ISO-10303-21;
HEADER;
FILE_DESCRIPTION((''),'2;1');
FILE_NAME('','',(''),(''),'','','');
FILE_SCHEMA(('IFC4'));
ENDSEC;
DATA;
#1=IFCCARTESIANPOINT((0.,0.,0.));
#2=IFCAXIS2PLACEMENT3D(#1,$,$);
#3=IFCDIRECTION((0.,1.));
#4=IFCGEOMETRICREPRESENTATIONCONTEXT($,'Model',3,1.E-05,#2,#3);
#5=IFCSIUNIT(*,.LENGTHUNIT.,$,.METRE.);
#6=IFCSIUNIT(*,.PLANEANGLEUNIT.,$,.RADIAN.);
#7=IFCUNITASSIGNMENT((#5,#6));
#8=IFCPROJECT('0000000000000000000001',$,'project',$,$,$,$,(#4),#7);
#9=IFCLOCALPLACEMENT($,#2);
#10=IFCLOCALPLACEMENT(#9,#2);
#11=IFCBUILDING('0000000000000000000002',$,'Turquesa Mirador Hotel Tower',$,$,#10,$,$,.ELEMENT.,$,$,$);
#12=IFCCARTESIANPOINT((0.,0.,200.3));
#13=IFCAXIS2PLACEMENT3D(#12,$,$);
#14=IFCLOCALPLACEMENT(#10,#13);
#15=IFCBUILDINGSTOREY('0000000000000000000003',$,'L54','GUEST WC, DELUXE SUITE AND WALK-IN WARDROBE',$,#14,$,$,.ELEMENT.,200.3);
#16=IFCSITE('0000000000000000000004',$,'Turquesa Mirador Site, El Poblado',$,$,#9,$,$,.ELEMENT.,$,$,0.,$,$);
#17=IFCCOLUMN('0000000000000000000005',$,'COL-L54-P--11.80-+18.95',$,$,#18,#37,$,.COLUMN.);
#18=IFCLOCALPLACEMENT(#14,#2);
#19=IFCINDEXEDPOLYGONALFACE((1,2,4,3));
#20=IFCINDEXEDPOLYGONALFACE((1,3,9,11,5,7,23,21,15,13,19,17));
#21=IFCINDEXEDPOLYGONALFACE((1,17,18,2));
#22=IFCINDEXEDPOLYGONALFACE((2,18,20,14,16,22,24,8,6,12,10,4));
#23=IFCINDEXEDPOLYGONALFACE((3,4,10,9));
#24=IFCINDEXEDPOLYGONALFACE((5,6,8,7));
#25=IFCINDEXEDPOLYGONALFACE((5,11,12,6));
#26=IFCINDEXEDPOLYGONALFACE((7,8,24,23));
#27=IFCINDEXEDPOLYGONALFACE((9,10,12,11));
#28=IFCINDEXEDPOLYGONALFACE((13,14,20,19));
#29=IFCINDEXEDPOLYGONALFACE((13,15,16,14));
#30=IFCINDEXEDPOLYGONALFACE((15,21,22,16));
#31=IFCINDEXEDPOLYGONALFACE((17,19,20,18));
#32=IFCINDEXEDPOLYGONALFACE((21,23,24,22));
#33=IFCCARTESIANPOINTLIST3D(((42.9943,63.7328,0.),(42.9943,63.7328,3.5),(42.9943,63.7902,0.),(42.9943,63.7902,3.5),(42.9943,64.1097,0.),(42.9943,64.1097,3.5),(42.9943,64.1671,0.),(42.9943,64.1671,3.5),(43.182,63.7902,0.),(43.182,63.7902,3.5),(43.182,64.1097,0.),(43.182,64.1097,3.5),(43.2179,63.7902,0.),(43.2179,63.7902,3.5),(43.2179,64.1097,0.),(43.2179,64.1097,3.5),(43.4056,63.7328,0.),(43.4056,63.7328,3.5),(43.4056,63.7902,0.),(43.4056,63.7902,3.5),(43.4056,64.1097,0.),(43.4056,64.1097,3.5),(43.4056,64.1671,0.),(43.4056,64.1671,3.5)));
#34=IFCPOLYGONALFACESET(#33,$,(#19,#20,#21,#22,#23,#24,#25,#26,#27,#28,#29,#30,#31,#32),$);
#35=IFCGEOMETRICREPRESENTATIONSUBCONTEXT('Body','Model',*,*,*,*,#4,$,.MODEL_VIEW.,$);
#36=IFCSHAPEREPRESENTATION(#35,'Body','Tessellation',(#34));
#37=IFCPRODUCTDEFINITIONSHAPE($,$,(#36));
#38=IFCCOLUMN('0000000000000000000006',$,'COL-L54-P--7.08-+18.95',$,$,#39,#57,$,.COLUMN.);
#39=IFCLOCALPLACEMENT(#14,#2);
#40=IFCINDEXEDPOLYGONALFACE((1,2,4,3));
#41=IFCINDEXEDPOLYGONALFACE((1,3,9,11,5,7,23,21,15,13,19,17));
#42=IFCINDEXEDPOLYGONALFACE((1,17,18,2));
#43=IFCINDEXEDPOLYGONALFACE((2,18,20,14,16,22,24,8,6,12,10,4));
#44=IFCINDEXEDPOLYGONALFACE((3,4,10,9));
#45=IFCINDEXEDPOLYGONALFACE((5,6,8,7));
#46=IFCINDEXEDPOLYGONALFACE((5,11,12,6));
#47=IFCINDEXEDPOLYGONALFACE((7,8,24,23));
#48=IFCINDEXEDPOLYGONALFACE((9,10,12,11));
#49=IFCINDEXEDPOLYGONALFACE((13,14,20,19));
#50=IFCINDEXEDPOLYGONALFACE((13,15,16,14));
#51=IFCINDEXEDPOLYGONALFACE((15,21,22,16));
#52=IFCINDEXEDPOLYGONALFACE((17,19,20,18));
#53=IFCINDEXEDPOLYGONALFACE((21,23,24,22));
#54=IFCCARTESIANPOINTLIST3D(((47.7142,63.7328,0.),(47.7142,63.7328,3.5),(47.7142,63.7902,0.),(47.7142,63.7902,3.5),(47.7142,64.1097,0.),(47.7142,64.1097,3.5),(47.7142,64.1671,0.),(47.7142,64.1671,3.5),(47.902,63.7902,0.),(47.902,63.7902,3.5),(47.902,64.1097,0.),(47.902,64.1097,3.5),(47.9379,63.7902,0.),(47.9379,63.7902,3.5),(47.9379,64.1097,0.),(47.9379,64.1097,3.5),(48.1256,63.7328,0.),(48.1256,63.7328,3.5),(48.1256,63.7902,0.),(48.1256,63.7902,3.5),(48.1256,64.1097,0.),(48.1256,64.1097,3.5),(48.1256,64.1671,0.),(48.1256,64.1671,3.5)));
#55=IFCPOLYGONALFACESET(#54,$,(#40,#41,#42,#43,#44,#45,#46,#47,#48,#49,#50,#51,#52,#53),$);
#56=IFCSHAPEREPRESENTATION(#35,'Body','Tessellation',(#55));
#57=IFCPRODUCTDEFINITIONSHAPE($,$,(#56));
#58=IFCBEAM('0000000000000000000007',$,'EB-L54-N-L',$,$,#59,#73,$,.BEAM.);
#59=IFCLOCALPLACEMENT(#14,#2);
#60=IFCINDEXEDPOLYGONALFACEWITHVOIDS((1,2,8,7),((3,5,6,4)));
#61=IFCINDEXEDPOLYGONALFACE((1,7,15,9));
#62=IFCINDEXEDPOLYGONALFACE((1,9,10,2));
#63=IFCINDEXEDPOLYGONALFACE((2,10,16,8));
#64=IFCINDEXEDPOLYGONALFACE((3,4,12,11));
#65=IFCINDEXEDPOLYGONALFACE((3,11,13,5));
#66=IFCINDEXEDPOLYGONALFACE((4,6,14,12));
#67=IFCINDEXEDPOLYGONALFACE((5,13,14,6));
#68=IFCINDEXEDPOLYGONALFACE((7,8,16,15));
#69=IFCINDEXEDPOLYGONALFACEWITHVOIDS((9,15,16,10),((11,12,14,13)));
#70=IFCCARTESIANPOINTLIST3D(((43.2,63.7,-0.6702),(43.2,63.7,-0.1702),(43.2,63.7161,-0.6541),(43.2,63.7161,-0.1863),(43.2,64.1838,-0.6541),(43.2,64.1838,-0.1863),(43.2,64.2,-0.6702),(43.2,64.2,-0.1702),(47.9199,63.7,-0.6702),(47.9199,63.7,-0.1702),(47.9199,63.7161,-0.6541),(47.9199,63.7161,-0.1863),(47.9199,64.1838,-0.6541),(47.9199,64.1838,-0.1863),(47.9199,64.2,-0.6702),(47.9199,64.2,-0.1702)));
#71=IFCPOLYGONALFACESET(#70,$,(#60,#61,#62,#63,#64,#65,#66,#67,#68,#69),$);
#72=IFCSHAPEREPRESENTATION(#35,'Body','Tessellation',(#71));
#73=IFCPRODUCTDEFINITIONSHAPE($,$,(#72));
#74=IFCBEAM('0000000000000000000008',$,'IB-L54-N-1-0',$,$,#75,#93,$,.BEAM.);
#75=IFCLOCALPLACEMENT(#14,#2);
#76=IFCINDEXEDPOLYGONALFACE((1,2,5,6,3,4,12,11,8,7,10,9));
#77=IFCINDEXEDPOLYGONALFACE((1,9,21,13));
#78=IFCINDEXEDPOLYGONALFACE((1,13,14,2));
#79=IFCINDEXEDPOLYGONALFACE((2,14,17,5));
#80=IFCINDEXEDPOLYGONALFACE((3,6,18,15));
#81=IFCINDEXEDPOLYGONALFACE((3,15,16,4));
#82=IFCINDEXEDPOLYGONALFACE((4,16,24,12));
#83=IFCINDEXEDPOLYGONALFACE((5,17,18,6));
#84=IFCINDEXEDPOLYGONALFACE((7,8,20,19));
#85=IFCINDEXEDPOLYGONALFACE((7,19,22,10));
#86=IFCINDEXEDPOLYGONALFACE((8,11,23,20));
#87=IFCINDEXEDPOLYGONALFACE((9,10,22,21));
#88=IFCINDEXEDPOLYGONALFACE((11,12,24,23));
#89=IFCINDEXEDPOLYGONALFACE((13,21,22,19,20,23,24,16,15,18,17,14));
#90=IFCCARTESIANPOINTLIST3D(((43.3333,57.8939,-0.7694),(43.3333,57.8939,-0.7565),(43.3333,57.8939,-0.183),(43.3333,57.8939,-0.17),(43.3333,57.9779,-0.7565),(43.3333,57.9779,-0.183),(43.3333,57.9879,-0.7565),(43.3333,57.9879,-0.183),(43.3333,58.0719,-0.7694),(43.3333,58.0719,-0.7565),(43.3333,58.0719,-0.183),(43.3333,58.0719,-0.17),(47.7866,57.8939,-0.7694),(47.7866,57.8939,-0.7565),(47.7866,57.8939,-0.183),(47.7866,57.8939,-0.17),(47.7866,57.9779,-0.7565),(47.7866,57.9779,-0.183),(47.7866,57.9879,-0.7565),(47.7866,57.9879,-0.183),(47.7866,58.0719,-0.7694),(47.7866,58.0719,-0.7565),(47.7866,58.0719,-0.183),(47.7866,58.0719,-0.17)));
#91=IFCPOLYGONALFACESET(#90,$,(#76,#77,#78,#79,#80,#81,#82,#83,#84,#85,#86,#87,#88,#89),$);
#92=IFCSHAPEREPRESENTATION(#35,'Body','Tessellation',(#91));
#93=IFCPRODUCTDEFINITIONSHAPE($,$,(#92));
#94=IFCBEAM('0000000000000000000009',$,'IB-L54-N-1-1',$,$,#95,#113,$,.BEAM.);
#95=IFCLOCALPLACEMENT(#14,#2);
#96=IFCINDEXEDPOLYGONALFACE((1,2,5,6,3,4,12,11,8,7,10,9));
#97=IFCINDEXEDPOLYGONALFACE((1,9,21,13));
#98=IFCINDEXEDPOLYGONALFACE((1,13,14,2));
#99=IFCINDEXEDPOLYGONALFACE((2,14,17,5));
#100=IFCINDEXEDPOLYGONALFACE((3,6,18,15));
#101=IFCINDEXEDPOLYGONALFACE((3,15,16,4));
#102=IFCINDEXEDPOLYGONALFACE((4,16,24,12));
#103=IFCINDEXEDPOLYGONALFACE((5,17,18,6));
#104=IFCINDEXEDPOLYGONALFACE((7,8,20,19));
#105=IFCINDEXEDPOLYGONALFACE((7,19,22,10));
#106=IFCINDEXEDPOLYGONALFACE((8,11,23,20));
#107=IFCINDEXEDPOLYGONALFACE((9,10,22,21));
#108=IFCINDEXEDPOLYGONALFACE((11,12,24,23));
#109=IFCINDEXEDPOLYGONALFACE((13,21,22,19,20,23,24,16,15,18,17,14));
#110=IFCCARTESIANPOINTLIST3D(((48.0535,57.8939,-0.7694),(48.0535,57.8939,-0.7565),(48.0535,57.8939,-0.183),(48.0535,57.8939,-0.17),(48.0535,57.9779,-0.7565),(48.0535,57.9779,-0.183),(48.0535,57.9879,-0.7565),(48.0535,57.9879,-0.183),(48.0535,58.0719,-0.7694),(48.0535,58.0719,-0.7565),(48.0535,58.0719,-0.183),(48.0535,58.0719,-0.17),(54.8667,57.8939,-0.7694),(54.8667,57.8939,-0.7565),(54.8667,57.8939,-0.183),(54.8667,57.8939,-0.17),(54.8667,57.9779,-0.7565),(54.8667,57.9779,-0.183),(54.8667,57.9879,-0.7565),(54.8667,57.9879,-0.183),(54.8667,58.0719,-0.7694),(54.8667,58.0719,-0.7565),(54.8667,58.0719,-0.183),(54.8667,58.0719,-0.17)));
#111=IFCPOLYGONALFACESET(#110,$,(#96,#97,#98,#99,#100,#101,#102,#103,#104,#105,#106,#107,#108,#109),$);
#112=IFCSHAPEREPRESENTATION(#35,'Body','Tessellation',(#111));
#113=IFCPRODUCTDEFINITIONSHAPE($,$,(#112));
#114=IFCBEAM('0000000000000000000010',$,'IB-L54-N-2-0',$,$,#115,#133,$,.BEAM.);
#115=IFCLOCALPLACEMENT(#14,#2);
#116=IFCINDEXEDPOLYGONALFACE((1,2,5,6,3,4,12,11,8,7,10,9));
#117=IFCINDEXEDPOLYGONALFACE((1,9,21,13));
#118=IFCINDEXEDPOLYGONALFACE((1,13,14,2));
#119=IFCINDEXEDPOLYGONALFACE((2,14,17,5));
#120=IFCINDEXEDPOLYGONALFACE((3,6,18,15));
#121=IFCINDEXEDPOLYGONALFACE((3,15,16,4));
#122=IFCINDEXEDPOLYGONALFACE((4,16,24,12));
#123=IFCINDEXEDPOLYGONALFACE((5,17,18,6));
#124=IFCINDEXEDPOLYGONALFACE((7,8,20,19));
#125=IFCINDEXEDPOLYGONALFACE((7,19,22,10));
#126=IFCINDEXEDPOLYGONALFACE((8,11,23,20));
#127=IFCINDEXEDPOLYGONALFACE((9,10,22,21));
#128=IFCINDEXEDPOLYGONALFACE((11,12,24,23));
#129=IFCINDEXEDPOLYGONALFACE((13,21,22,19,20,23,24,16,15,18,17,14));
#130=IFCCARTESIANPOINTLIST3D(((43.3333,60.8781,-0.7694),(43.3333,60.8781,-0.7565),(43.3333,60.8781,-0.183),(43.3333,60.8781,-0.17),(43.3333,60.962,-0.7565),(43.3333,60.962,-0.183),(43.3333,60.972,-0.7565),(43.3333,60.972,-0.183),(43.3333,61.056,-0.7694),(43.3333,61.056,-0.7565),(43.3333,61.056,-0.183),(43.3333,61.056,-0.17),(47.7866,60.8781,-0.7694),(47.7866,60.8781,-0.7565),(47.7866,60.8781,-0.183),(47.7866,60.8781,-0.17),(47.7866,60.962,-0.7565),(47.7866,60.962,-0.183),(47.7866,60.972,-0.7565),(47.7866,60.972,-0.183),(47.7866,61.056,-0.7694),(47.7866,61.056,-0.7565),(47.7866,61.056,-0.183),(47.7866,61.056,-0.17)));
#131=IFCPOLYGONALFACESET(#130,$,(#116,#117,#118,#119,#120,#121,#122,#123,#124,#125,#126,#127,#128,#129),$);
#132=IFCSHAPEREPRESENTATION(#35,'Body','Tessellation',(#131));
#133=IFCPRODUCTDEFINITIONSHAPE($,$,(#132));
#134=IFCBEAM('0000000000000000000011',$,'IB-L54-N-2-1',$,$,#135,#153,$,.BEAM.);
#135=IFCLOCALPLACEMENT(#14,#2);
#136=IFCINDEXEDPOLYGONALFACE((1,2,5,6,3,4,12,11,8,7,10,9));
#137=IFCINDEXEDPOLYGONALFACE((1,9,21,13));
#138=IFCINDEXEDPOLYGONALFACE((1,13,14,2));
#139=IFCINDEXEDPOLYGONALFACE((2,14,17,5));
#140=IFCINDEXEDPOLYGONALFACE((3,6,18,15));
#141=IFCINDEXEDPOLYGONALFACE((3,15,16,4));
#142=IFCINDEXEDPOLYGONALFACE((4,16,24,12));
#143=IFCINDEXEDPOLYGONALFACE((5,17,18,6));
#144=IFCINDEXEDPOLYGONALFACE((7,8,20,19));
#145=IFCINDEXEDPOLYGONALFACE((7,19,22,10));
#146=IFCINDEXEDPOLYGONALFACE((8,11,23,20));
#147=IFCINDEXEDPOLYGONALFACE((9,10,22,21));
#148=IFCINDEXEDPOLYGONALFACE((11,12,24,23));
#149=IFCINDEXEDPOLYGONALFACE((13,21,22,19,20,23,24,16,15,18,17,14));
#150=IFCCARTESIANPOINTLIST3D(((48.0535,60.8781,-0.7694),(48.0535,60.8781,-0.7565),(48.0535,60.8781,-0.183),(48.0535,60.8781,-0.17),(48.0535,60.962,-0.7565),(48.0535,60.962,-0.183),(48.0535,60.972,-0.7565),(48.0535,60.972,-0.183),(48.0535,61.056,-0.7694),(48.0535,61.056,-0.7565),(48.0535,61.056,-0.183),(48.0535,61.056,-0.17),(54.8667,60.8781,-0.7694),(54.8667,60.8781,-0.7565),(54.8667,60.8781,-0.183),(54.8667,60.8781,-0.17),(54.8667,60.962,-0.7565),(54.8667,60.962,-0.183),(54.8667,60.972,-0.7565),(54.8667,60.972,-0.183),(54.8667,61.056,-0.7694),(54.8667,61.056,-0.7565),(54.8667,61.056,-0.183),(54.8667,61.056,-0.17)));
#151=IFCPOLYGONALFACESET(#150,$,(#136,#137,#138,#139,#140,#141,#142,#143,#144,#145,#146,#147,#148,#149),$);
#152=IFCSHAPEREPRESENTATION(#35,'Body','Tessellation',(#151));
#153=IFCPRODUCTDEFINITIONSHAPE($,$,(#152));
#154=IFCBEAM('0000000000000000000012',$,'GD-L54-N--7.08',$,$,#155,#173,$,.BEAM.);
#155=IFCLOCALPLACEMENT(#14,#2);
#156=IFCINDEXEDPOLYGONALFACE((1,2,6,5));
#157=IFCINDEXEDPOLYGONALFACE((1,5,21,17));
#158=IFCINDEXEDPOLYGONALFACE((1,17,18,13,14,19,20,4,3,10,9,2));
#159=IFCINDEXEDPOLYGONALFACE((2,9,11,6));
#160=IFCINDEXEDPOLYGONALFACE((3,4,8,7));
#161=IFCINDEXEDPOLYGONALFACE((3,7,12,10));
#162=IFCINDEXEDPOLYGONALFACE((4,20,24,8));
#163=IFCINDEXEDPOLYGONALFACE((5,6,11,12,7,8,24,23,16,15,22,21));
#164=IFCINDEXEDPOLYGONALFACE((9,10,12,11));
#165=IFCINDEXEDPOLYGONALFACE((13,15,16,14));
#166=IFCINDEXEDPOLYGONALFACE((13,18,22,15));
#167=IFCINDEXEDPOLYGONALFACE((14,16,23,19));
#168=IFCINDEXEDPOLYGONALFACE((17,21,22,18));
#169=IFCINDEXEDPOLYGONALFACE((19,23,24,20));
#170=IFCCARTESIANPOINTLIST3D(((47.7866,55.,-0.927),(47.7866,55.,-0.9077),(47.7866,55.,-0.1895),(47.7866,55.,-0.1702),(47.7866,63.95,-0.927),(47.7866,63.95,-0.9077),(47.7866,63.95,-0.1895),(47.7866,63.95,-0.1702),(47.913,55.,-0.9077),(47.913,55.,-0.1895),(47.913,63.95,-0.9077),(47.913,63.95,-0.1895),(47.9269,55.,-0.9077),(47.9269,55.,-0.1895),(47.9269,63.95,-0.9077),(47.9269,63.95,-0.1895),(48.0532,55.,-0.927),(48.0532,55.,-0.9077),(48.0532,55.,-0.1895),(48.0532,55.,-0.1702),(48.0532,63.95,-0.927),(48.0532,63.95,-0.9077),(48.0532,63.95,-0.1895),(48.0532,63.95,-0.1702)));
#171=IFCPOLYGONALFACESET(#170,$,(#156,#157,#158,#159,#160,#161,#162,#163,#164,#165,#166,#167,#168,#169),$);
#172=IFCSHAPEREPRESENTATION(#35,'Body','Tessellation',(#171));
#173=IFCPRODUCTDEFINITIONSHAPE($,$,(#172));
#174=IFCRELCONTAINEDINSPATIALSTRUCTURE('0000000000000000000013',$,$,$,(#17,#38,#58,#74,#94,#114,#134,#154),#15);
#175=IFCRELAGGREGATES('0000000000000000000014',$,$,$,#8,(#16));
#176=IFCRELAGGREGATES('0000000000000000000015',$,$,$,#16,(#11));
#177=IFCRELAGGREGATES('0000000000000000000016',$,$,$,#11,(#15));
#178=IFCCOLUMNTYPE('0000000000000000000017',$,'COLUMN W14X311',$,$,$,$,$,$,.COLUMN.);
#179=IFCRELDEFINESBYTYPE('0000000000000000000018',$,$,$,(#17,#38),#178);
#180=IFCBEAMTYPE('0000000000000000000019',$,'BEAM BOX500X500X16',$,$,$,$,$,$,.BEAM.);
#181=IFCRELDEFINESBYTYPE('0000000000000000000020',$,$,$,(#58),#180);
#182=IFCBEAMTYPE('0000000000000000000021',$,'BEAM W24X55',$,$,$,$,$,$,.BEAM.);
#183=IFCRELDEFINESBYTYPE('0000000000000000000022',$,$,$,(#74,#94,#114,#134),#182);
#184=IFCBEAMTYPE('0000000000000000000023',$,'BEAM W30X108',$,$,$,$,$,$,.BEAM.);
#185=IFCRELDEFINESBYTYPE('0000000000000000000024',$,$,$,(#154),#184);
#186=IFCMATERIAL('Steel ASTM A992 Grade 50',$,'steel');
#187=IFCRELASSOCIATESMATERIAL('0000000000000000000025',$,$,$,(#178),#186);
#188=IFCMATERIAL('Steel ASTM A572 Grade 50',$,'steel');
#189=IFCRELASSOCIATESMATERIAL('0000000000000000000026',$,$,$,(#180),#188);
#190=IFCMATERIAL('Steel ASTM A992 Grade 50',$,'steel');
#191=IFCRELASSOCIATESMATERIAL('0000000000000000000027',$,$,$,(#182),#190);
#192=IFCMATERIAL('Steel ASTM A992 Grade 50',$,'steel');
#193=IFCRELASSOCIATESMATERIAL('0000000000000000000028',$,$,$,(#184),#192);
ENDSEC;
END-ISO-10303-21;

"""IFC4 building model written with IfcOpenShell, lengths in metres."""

from ifc_helpers import new_model, si_unit, direction, frame, origin, origin_2d, place, context, subcontext, project, spatial, hollow_rectangle, i_section, extrude, material, material_profile, profile_set, type_object, element, save


model = new_model("IFC4")

# Units and contexts
model_context = context("Model", 3, precision=1e-05, world=origin(), true_north=direction((0.0, 1.0)))
body_context = subcontext(model_context, "Body", "Model", "MODEL_VIEW")
ifc_project = project(units=[si_unit("LENGTHUNIT", "METRE"), si_unit("PLANEANGLEUNIT", "RADIAN")], contexts=[model_context])

# Site, building, storey
site_placement = place(None, origin())
site = spatial("IfcSite", under=ifc_project, at=site_placement, Name="Turquesa Mirador Site, El Poblado", CompositionType="ELEMENT", RefElevation=0.0)
building_placement = place(site_placement, origin())
building = spatial("IfcBuilding", under=site, at=building_placement, Name="Turquesa Mirador Hotel Tower", CompositionType="ELEMENT")
storey_placement = place(building_placement, frame((0.0, 0.0, 200.3)))
storey = spatial("IfcBuildingStorey", under=building, at=storey_placement, Name="L54", Description="GUEST WC, DELUXE SUITE AND WALK-IN WARDROBE", CompositionType="ELEMENT", Elevation=200.3)

# Columns
ifc_material_1 = material(Name="Steel ASTM A992 Grade 50", Category="steel")
ifc_material_profile_1 = material_profile(ifc_material_1, i_section(OverallWidth=0.4114, OverallDepth=0.4343, WebThickness=0.0359, FlangeThickness=0.0574, at=origin_2d()), Name="W14X311")
ifc_profile_set_1 = profile_set([ifc_material_profile_1], Name="Steel ASTM A992 Grade 50")
column_type = type_object("IfcColumnType", Name="COLUMN W14X311", PredefinedType="COLUMN", material=ifc_profile_set_1)
for number, where, z_axis, x_axis, name in (
    (1, (43.2, 63.95, 0.0), (0.0, 0.0, 1.0), (1.0, 0.0, 0.0), "COL-L54-P--11.80-+18.95"),
    (2, (47.9199, 63.95, 0.0), (0.0, 0.0, 1.0), (1.0, 0.0, 0.0), "COL-L54-P--7.08-+18.95"),
):
    element("IfcColumn", number, at=place(storey_placement, frame(where, z_axis=z_axis, x_axis=x_axis)), inside=storey, type_object=column_type, Name=name, PredefinedType="COLUMN", context=body_context, shape_type="SweptSolid", body=[
        extrude(i_section(OverallWidth=0.4114, OverallDepth=0.4343, WebThickness=0.0359, FlangeThickness=0.0574, at=origin_2d()), origin(), (0.0, 0.0, 1.0), 3.5),
    ])

# Beams
ifc_material_2 = material(Name="Steel ASTM A572 Grade 50", Category="steel")
ifc_material_profile_2 = material_profile(ifc_material_2, hollow_rectangle(XDim=0.5, YDim=0.5, WallThickness=0.0161, at=origin_2d()), Name="BOX500X500X16")
ifc_profile_set_2 = profile_set([ifc_material_profile_2], Name="Steel ASTM A572 Grade 50")
beam_type_1 = type_object("IfcBeamType", Name="BEAM BOX500X500X16", PredefinedType="BEAM", material=ifc_profile_set_2)
beam_1_placement = place(storey_placement, frame((43.2, 63.95, -0.4202), z_axis=(1.0, 0.0, 0.0), x_axis=(0.0, 1.0, 0.0)))
element("IfcBeam", 3, at=beam_1_placement, inside=storey, type_object=beam_type_1, Name="EB-L54-N-L", PredefinedType="BEAM", context=body_context, shape_type="SweptSolid", body=[
    extrude(hollow_rectangle(XDim=0.5, YDim=0.5, WallThickness=0.0161, at=origin_2d()), origin(), (0.0, 0.0, 1.0), 4.72),
])
ifc_material_3 = material(Name="Steel ASTM A992 Grade 50", Category="steel")
ifc_material_profile_3 = material_profile(ifc_material_3, i_section(OverallWidth=0.178, OverallDepth=0.5994, WebThickness=0.01, FlangeThickness=0.0129, at=origin_2d()), Name="W24X55")
ifc_profile_set_3 = profile_set([ifc_material_profile_3], Name="Steel ASTM A992 Grade 50")
beam_type_2 = type_object("IfcBeamType", Name="BEAM W24X55", PredefinedType="BEAM", material=ifc_profile_set_3)
beam_2_placement = place(storey_placement, frame((43.3333, 57.9829, -0.4697), z_axis=(1.0, 0.0, 0.0), x_axis=(0.0, 1.0, 0.0)))
element("IfcBeam", 4, at=beam_2_placement, inside=storey, type_object=beam_type_2, Name="IB-L54-N-1-0", PredefinedType="BEAM", context=body_context, shape_type="SweptSolid", body=[
    extrude(i_section(OverallWidth=0.178, OverallDepth=0.5994, WebThickness=0.01, FlangeThickness=0.0129, at=origin_2d()), origin(), (0.0, 0.0, 1.0), 4.4534),
])
beam_3_placement = place(storey_placement, frame((48.0535, 57.9829, -0.4697), z_axis=(1.0, 0.0, 0.0), x_axis=(0.0, 1.0, 0.0)))
element("IfcBeam", 5, at=beam_3_placement, inside=storey, type_object=beam_type_2, Name="IB-L54-N-1-1", PredefinedType="BEAM", context=body_context, shape_type="SweptSolid", body=[
    extrude(i_section(OverallWidth=0.178, OverallDepth=0.5994, WebThickness=0.01, FlangeThickness=0.0129, at=origin_2d()), origin(), (0.0, 0.0, 1.0), 6.8132),
])
beam_4_placement = place(storey_placement, frame((43.3333, 60.967, -0.4697), z_axis=(1.0, 0.0, 0.0), x_axis=(0.0, 1.0, 0.0)))
element("IfcBeam", 6, at=beam_4_placement, inside=storey, type_object=beam_type_2, Name="IB-L54-N-2-0", PredefinedType="BEAM", context=body_context, shape_type="SweptSolid", body=[
    extrude(i_section(OverallWidth=0.178, OverallDepth=0.5994, WebThickness=0.01, FlangeThickness=0.0129, at=origin_2d()), origin(), (0.0, 0.0, 1.0), 4.4534),
])
beam_5_placement = place(storey_placement, frame((48.0535, 60.967, -0.4697), z_axis=(1.0, 0.0, 0.0), x_axis=(0.0, 1.0, 0.0)))
element("IfcBeam", 7, at=beam_5_placement, inside=storey, type_object=beam_type_2, Name="IB-L54-N-2-1", PredefinedType="BEAM", context=body_context, shape_type="SweptSolid", body=[
    extrude(i_section(OverallWidth=0.178, OverallDepth=0.5994, WebThickness=0.01, FlangeThickness=0.0129, at=origin_2d()), origin(), (0.0, 0.0, 1.0), 6.8132),
])
ifc_material_4 = material(Name="Steel ASTM A992 Grade 50", Category="steel")
ifc_material_profile_4 = material_profile(ifc_material_4, i_section(OverallWidth=0.2666, OverallDepth=0.7568, WebThickness=0.0139, FlangeThickness=0.0193, at=origin_2d()), Name="W30X108")
ifc_profile_set_4 = profile_set([ifc_material_profile_4], Name="Steel ASTM A992 Grade 50")
beam_type_3 = type_object("IfcBeamType", Name="BEAM W30X108", PredefinedType="BEAM", material=ifc_profile_set_4)
beam_6_placement = place(storey_placement, frame((47.9199, 63.95, -0.5486), z_axis=(0.0, -1.0, 0.0), x_axis=(1.0, 0.0, 0.0)))
element("IfcBeam", 8, at=beam_6_placement, inside=storey, type_object=beam_type_3, Name="GD-L54-N--7.08", PredefinedType="BEAM", context=body_context, shape_type="SweptSolid", body=[
    extrude(i_section(OverallWidth=0.2666, OverallDepth=0.7568, WebThickness=0.0139, FlangeThickness=0.0193, at=origin_2d()), origin(), (0.0, 0.0, 1.0), 8.95),
])

save(model, "model.ifc")
